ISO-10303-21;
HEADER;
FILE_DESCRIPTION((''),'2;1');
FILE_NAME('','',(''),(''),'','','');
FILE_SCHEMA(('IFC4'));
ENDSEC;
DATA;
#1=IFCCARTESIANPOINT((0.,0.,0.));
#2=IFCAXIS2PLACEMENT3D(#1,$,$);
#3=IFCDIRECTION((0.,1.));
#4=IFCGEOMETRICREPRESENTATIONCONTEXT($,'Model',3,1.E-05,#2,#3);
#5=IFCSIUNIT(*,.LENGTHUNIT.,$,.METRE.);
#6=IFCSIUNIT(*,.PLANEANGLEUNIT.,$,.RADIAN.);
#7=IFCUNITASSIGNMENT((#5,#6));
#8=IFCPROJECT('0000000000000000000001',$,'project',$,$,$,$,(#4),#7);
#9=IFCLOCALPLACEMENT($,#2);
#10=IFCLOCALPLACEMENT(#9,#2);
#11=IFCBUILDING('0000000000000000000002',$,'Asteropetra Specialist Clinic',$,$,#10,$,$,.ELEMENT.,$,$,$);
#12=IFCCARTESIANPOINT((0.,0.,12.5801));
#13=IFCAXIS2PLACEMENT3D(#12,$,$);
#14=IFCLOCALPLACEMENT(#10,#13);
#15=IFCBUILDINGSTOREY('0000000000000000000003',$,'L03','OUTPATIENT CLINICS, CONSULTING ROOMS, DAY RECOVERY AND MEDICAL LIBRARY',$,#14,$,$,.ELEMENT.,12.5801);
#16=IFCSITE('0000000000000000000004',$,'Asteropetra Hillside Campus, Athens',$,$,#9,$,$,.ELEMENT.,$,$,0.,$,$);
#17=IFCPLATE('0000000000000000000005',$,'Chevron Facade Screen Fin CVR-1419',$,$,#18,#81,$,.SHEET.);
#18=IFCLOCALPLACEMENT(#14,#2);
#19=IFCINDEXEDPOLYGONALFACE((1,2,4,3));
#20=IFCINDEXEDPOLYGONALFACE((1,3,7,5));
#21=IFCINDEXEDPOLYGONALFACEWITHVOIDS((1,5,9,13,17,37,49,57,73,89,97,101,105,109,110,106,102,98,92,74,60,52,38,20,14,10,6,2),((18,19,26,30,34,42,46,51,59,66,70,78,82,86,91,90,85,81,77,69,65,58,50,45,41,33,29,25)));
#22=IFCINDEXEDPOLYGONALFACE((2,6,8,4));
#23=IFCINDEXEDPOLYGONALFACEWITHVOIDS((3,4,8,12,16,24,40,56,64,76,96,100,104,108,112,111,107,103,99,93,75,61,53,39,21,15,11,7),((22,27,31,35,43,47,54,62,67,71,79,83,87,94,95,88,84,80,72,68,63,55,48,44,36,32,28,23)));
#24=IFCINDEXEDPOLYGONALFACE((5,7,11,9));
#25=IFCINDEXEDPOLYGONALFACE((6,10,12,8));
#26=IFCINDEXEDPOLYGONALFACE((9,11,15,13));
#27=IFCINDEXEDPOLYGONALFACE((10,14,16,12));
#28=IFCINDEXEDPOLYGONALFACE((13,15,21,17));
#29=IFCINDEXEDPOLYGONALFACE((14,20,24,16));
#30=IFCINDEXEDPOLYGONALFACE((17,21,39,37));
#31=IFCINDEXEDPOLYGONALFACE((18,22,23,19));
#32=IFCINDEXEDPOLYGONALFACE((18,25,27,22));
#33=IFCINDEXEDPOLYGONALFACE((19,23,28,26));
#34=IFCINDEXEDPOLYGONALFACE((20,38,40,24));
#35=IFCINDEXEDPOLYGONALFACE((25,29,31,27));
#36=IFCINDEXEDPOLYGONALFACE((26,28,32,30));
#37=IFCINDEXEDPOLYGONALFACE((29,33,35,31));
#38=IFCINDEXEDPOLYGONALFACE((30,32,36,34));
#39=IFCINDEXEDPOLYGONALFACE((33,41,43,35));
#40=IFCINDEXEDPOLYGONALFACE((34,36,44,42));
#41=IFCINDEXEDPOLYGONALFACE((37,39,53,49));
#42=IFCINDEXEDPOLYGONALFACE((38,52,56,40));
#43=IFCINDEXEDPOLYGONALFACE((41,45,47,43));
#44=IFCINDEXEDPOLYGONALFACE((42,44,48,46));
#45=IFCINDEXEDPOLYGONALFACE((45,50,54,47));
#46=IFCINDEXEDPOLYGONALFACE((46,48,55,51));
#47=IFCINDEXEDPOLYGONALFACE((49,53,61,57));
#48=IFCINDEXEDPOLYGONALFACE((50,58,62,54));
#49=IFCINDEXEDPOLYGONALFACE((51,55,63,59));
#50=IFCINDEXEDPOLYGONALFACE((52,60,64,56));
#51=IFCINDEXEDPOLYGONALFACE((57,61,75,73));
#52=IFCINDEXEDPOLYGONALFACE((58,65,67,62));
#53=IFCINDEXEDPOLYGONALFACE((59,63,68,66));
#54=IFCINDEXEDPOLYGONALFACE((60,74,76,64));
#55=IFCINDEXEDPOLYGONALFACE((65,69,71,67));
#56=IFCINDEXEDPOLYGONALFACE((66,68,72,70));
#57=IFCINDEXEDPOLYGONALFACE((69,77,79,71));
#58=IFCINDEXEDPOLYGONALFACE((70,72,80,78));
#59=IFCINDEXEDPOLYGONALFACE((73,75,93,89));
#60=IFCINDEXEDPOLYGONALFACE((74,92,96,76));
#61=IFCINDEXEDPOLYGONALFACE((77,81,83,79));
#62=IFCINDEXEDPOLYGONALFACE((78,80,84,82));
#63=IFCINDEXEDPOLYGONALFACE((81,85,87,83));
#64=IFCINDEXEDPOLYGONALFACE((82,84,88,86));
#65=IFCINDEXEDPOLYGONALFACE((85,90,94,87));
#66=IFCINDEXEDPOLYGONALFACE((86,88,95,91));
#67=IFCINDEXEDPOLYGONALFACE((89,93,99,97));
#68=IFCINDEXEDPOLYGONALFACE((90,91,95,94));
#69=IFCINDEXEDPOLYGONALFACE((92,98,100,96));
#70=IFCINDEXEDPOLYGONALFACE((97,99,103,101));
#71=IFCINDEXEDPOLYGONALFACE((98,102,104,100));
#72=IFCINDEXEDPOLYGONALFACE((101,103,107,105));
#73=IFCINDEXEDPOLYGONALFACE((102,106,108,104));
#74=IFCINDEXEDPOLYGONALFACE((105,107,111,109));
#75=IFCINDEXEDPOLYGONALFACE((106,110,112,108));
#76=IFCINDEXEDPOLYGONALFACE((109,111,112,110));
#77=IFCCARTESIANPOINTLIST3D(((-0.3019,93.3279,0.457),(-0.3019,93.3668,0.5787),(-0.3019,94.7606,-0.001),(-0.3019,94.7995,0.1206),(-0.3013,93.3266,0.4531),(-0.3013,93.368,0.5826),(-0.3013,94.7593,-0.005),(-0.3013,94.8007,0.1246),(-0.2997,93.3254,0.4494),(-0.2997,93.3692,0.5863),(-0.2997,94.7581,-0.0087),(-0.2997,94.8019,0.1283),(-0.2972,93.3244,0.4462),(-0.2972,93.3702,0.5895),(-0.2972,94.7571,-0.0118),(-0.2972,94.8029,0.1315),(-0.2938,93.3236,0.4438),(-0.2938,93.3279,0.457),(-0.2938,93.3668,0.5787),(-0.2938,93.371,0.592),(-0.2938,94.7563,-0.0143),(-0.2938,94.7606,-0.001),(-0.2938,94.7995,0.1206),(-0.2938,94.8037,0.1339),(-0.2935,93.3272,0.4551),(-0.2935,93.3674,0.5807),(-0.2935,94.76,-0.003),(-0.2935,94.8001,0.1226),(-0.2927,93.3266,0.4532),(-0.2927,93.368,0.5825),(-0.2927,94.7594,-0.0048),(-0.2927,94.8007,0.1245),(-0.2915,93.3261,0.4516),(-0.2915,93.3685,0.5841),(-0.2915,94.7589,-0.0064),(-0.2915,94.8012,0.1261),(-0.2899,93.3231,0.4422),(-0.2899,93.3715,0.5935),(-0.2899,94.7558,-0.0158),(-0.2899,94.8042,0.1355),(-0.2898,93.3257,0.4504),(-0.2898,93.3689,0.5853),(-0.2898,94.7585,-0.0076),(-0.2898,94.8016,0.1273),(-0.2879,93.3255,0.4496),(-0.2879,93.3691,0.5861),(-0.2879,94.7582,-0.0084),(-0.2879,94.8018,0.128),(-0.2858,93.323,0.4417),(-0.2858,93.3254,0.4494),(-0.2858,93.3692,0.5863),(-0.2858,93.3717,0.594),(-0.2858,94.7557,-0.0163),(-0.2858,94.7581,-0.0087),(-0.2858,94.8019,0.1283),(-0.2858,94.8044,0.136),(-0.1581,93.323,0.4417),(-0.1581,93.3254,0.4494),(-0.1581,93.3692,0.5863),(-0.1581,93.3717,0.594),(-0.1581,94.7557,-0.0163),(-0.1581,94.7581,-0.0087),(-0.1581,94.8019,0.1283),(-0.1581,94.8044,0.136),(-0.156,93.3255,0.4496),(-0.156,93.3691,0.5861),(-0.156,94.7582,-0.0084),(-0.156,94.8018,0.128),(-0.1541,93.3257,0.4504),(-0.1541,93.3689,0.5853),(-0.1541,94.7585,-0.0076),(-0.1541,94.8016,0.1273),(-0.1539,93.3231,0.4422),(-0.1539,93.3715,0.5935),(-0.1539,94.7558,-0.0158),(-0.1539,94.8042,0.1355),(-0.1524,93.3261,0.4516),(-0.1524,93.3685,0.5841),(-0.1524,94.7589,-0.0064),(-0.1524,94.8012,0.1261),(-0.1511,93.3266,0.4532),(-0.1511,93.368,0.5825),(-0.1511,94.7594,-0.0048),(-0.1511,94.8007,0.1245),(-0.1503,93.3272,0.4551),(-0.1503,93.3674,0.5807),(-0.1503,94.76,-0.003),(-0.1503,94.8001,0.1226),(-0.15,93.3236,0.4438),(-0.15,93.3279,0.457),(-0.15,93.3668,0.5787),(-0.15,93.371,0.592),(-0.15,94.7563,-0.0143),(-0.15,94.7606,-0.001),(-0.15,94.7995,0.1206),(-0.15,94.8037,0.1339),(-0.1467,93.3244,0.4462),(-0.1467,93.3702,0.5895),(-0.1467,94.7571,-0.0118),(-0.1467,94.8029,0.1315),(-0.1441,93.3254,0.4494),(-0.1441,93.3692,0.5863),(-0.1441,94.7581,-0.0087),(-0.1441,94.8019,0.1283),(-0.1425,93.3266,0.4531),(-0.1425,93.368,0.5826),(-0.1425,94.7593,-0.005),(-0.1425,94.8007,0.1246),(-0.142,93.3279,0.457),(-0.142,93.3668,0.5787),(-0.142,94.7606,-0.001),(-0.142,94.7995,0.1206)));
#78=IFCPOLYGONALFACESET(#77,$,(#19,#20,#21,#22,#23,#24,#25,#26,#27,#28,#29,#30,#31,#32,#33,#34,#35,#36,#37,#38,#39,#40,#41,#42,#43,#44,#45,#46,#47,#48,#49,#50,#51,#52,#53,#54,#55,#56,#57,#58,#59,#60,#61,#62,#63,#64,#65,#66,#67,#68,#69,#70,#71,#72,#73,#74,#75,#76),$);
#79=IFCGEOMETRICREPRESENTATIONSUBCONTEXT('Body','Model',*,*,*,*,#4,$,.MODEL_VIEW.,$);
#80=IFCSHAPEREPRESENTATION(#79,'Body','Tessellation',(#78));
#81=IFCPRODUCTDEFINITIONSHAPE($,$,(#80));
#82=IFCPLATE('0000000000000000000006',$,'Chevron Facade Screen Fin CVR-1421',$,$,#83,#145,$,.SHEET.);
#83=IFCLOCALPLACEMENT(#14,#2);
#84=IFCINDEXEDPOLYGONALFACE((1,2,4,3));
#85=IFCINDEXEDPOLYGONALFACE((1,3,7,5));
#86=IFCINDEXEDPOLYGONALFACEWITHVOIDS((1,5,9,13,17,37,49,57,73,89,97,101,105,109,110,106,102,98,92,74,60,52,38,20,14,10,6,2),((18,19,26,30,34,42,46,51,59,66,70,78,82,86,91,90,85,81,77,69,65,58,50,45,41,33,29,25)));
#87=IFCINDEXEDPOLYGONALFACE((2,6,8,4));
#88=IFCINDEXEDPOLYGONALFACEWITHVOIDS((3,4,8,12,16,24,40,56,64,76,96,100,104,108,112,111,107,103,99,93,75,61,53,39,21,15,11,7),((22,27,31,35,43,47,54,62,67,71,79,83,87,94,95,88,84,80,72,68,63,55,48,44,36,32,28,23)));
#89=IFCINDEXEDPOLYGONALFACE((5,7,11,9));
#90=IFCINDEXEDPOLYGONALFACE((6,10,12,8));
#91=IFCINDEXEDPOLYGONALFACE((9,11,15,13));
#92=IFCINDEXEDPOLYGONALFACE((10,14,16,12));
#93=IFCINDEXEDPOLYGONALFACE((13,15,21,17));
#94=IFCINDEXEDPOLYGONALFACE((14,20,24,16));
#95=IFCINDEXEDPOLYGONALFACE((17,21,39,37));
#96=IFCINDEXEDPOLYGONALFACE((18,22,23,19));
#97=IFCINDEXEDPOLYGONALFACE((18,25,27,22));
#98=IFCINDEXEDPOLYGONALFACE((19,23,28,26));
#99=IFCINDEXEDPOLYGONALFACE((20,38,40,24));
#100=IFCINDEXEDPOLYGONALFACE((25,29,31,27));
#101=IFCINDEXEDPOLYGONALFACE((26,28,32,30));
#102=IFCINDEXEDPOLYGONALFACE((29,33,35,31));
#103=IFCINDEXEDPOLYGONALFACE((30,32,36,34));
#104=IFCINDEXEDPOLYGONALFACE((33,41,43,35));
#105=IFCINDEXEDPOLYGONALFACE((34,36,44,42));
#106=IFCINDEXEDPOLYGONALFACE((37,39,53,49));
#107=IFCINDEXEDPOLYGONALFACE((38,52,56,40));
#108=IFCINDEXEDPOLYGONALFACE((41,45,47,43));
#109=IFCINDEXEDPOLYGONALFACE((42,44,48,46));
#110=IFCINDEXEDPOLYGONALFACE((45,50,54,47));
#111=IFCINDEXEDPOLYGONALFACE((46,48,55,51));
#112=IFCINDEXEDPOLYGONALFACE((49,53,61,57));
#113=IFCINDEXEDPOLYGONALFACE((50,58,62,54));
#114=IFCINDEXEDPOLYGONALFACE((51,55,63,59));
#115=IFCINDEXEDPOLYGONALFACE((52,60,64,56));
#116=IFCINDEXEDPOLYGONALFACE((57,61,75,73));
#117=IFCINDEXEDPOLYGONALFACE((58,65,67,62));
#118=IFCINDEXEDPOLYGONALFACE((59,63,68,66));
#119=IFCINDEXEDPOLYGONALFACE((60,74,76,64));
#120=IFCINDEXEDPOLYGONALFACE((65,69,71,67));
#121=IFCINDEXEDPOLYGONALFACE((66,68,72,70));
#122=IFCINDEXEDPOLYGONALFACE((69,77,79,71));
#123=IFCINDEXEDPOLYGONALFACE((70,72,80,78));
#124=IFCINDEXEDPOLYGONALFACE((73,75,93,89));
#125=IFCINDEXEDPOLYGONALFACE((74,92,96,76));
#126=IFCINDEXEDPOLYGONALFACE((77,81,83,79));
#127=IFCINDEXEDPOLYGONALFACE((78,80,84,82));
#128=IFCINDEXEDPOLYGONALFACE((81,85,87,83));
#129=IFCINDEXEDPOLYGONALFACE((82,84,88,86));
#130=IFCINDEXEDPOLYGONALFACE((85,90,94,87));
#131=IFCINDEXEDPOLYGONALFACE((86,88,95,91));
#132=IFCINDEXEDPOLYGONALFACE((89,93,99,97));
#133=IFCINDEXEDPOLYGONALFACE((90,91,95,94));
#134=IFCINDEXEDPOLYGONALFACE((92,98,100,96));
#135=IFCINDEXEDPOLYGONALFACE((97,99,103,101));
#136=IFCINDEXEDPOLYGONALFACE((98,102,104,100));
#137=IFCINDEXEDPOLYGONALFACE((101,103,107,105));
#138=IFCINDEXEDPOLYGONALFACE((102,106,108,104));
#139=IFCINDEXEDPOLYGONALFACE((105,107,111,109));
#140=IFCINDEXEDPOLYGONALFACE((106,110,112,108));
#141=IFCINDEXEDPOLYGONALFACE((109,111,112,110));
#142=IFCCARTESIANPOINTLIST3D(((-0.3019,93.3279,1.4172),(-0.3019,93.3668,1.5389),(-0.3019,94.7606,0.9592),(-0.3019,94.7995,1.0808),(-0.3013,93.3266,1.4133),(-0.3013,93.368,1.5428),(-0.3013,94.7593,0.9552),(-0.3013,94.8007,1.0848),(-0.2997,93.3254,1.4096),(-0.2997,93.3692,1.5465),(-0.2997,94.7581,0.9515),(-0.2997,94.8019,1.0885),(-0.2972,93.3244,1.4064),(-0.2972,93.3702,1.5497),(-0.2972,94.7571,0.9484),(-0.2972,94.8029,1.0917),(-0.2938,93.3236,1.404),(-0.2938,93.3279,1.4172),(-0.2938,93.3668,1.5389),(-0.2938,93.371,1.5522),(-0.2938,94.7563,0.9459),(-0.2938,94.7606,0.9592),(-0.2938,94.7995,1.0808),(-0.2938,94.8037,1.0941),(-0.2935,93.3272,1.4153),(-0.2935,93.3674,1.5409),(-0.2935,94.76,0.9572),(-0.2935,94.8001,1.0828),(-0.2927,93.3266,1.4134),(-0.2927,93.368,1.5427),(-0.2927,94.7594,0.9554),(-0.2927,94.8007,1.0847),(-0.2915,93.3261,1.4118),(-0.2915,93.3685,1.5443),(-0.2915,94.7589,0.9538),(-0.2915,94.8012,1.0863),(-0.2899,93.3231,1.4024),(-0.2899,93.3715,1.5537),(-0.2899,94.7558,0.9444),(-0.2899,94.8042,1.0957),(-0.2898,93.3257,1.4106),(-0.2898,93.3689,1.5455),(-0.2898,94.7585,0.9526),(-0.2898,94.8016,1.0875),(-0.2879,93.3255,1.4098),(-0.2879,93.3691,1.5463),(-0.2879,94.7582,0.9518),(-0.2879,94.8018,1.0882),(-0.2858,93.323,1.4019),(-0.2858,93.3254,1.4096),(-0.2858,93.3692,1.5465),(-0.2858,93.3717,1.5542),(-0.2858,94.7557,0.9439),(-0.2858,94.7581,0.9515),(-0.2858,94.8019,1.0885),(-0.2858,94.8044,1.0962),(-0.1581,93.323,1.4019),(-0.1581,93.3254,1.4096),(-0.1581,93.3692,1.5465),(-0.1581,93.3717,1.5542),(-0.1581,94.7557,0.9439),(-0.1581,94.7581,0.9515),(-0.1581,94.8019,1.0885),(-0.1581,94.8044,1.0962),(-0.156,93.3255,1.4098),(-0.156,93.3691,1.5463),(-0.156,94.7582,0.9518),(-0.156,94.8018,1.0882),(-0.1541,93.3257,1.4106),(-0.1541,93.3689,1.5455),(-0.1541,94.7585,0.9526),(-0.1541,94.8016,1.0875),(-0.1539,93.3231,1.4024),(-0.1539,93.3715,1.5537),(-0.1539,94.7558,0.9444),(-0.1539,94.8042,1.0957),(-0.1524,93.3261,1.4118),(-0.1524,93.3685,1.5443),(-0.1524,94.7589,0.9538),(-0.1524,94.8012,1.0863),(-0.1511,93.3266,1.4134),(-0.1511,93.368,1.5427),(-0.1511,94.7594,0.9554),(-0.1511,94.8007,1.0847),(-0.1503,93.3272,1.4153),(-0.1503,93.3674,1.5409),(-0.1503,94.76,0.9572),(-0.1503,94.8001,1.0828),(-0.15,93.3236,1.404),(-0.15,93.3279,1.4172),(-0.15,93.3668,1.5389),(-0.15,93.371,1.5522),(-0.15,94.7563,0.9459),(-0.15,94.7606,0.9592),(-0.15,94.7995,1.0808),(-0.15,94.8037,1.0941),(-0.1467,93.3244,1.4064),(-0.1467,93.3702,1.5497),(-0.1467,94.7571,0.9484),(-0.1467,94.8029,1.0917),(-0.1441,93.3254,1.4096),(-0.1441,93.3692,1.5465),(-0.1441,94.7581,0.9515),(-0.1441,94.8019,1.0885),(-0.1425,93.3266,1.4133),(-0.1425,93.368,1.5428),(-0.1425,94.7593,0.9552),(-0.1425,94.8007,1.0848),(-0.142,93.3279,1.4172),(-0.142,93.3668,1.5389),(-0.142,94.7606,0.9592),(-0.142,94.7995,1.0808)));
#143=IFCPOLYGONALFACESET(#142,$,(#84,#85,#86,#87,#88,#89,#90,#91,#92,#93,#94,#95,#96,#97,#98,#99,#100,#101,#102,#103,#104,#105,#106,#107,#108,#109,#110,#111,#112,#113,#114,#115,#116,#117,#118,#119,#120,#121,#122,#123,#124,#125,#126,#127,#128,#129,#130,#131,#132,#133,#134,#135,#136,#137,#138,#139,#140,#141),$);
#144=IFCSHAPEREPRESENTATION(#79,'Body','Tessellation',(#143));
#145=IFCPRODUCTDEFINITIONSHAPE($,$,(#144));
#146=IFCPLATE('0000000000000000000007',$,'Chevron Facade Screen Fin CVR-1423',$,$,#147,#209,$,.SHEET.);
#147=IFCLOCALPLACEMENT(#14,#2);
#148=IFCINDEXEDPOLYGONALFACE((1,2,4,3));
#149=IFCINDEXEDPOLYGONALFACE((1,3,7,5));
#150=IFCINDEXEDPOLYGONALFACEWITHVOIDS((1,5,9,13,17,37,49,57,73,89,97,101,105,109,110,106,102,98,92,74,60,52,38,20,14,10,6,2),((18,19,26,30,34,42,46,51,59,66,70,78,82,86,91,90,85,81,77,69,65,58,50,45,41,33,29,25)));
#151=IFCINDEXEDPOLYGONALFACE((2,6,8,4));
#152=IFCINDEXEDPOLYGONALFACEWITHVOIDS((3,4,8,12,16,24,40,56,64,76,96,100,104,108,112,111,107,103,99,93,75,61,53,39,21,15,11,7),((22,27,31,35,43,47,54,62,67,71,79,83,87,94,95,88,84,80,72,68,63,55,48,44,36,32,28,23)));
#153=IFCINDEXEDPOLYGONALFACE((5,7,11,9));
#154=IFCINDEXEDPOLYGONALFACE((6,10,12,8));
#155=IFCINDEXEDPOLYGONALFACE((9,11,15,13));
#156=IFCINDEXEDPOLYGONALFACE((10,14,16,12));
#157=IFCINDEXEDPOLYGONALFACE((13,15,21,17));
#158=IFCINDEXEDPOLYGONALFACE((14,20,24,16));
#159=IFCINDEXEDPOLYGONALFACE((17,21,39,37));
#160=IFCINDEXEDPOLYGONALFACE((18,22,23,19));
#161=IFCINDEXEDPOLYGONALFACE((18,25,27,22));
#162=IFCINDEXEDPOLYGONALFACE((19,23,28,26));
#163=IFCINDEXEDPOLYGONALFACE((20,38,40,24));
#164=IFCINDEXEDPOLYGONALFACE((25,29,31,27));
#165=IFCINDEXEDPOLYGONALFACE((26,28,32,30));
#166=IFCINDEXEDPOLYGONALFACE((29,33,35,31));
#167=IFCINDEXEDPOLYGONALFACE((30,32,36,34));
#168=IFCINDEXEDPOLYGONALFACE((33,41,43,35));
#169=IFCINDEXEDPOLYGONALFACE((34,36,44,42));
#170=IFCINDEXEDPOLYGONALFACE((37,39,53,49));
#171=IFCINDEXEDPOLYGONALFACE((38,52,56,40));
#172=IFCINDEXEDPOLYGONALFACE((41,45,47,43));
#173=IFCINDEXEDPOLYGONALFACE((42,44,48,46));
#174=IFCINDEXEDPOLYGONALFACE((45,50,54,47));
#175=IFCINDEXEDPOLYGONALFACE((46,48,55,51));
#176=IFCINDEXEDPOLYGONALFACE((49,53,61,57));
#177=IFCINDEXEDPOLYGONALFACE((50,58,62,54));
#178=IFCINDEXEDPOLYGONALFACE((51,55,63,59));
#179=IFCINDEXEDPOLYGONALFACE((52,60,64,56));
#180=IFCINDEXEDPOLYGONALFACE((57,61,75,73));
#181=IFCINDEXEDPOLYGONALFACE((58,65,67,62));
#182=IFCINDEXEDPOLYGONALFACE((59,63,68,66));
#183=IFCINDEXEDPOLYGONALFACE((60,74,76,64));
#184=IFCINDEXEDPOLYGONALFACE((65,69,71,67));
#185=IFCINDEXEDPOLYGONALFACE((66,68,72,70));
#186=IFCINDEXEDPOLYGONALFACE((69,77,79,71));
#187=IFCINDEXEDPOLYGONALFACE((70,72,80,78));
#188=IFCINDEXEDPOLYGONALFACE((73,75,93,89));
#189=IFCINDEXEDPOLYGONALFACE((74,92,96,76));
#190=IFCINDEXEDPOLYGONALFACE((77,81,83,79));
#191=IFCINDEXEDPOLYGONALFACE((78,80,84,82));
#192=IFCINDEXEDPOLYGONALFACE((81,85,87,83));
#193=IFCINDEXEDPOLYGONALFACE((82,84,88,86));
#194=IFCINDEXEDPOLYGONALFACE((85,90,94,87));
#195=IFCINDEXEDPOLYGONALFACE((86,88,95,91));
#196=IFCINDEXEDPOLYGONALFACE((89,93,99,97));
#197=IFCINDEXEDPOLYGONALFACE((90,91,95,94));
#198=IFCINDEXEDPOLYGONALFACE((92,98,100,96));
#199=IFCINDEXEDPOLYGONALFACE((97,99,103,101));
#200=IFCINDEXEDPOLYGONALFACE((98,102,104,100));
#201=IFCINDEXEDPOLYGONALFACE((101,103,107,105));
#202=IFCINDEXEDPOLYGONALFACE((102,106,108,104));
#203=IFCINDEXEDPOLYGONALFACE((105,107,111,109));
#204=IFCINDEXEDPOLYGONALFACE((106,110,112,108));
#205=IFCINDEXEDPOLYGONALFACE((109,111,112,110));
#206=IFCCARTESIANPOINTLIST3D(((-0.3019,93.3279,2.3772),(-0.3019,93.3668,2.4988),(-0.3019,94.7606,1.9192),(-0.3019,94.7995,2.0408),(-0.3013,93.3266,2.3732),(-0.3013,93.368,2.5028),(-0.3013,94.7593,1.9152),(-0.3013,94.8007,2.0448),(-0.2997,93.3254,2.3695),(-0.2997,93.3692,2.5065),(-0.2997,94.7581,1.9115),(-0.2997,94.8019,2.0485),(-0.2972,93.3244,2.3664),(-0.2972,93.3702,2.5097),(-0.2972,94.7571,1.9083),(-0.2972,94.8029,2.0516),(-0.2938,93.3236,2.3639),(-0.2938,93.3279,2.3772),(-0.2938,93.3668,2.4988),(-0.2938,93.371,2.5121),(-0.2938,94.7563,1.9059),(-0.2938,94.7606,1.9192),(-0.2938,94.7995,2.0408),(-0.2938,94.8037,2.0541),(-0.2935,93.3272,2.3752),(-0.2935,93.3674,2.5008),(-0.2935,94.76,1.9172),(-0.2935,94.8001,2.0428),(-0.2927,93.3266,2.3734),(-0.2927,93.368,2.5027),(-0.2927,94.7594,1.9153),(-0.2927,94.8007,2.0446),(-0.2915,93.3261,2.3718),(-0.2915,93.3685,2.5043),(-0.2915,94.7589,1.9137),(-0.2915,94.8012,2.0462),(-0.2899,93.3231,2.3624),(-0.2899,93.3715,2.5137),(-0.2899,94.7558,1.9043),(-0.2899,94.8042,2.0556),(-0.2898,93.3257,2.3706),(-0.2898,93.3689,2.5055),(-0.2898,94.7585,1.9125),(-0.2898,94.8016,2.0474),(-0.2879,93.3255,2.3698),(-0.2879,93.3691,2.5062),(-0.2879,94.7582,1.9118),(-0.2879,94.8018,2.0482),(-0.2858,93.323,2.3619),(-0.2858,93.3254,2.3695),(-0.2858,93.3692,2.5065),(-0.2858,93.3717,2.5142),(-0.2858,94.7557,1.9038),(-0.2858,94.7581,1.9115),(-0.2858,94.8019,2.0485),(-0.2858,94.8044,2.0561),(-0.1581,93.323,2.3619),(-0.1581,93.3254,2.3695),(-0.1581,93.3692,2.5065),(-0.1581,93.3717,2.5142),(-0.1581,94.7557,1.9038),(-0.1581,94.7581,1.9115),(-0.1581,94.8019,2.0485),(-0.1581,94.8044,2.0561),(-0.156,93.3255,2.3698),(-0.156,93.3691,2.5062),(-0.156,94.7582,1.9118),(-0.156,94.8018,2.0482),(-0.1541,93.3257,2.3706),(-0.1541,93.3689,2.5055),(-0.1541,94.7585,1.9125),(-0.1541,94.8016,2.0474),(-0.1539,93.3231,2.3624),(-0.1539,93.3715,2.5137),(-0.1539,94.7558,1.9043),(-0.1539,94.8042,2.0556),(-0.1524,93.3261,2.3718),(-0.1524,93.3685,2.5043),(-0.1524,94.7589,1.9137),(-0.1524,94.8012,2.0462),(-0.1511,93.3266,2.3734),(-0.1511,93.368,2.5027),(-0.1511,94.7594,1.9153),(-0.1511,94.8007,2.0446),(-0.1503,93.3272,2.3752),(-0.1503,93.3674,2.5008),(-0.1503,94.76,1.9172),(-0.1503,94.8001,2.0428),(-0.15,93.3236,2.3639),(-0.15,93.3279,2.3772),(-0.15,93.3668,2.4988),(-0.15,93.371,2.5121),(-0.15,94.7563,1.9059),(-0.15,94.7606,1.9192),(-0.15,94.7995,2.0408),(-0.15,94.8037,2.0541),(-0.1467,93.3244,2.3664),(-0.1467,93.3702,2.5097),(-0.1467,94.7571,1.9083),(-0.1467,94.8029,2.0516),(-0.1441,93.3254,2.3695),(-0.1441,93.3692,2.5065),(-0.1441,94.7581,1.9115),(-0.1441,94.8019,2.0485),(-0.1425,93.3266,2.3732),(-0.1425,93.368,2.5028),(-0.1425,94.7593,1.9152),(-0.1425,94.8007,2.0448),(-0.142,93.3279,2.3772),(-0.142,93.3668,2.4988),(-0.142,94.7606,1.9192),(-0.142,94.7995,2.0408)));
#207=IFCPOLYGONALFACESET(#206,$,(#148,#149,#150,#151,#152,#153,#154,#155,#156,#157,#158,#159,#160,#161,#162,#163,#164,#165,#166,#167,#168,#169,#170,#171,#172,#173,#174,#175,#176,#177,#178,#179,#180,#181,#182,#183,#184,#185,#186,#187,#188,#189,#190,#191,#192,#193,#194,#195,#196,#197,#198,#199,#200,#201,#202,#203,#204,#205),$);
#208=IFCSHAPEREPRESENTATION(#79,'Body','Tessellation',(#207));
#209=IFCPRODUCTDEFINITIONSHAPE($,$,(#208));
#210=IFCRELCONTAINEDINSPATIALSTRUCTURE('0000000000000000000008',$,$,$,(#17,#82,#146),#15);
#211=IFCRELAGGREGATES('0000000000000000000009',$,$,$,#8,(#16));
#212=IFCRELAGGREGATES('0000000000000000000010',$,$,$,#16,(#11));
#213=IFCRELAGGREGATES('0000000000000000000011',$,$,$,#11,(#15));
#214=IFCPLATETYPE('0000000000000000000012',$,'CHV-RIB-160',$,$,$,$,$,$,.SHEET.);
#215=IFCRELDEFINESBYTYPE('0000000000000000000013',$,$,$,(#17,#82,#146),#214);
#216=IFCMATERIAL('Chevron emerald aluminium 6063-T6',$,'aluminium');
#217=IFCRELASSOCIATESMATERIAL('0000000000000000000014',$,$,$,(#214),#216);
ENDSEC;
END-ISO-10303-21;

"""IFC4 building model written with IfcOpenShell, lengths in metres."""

from ifc_helpers import new_model, si_unit, direction, frame, origin, origin_2d, place, context, subcontext, project, spatial, hollow_rectangle, extrude, material, material_profile, profile_set, type_object, element, save


model = new_model("IFC4")

# Units and contexts
model_context = context("Model", 3, precision=1e-05, world=origin(), true_north=direction((0.0, 1.0)))
body_context = subcontext(model_context, "Body", "Model", "MODEL_VIEW")
ifc_project = project(units=[si_unit("LENGTHUNIT", "METRE"), si_unit("PLANEANGLEUNIT", "RADIAN")], contexts=[model_context])

# Site, building, storey
site_placement = place(None, origin())
site = spatial("IfcSite", under=ifc_project, at=site_placement, Name="Asteropetra Hillside Campus, Athens", CompositionType="ELEMENT", RefElevation=0.0)
building_placement = place(site_placement, origin())
building = spatial("IfcBuilding", under=site, at=building_placement, Name="Asteropetra Specialist Clinic", CompositionType="ELEMENT")
storey_placement = place(building_placement, frame((0.0, 0.0, 12.5801)))
storey = spatial("IfcBuildingStorey", under=building, at=storey_placement, Name="L03", Description="OUTPATIENT CLINICS, CONSULTING ROOMS, DAY RECOVERY AND MEDICAL LIBRARY", CompositionType="ELEMENT", Elevation=12.5801)

# Plates
ifc_material_1 = material(Name="Chevron emerald aluminium 6063-T6", Category="aluminium")
ifc_material_profile_1 = material_profile(ifc_material_1, hollow_rectangle(XDim=0.1599, YDim=0.1599, WallThickness=0.0081, InnerFilletRadius=0.0081, OuterFilletRadius=0.0161, at=origin_2d()), Name="SHS 160x160x8.0")
ifc_profile_set_1 = profile_set([ifc_material_profile_1], Name="Chevron emerald aluminium 6063-T6")
plate_type_1 = type_object("IfcPlateType", Name="CHV-RIB-160", PredefinedType="SHEET", material=ifc_profile_set_1)
for number, where, z_axis, x_axis, name in (
    (1, (-0.2219, 94.78, 0.0598), (0.0, -0.952507, 0.304517), (1.0, 0.0, 0.0), "Chevron Facade Screen Fin CVR-1419"),
    (2, (-0.2219, 94.78, 1.02), (0.0, -0.952507, 0.304517), (1.0, 0.0, 0.0), "Chevron Facade Screen Fin CVR-1421"),
    (3, (-0.2219, 94.78, 1.98), (0.0, -0.952507, 0.304517), (1.0, 0.0, 0.0), "Chevron Facade Screen Fin CVR-1423"),
):
    element("IfcPlate", number, at=place(storey_placement, frame(where, z_axis=z_axis, x_axis=x_axis)), inside=storey, type_object=plate_type_1, Name=name, PredefinedType="SHEET", context=body_context, shape_type="SweptSolid", body=[
        extrude(hollow_rectangle(XDim=0.1599, YDim=0.1599, WallThickness=0.0081, InnerFilletRadius=0.0081, OuterFilletRadius=0.0161, at=origin_2d()), origin(), (0.0, 0.0, 1.0), 1.5042),
    ])

save(model, "model.ifc")
